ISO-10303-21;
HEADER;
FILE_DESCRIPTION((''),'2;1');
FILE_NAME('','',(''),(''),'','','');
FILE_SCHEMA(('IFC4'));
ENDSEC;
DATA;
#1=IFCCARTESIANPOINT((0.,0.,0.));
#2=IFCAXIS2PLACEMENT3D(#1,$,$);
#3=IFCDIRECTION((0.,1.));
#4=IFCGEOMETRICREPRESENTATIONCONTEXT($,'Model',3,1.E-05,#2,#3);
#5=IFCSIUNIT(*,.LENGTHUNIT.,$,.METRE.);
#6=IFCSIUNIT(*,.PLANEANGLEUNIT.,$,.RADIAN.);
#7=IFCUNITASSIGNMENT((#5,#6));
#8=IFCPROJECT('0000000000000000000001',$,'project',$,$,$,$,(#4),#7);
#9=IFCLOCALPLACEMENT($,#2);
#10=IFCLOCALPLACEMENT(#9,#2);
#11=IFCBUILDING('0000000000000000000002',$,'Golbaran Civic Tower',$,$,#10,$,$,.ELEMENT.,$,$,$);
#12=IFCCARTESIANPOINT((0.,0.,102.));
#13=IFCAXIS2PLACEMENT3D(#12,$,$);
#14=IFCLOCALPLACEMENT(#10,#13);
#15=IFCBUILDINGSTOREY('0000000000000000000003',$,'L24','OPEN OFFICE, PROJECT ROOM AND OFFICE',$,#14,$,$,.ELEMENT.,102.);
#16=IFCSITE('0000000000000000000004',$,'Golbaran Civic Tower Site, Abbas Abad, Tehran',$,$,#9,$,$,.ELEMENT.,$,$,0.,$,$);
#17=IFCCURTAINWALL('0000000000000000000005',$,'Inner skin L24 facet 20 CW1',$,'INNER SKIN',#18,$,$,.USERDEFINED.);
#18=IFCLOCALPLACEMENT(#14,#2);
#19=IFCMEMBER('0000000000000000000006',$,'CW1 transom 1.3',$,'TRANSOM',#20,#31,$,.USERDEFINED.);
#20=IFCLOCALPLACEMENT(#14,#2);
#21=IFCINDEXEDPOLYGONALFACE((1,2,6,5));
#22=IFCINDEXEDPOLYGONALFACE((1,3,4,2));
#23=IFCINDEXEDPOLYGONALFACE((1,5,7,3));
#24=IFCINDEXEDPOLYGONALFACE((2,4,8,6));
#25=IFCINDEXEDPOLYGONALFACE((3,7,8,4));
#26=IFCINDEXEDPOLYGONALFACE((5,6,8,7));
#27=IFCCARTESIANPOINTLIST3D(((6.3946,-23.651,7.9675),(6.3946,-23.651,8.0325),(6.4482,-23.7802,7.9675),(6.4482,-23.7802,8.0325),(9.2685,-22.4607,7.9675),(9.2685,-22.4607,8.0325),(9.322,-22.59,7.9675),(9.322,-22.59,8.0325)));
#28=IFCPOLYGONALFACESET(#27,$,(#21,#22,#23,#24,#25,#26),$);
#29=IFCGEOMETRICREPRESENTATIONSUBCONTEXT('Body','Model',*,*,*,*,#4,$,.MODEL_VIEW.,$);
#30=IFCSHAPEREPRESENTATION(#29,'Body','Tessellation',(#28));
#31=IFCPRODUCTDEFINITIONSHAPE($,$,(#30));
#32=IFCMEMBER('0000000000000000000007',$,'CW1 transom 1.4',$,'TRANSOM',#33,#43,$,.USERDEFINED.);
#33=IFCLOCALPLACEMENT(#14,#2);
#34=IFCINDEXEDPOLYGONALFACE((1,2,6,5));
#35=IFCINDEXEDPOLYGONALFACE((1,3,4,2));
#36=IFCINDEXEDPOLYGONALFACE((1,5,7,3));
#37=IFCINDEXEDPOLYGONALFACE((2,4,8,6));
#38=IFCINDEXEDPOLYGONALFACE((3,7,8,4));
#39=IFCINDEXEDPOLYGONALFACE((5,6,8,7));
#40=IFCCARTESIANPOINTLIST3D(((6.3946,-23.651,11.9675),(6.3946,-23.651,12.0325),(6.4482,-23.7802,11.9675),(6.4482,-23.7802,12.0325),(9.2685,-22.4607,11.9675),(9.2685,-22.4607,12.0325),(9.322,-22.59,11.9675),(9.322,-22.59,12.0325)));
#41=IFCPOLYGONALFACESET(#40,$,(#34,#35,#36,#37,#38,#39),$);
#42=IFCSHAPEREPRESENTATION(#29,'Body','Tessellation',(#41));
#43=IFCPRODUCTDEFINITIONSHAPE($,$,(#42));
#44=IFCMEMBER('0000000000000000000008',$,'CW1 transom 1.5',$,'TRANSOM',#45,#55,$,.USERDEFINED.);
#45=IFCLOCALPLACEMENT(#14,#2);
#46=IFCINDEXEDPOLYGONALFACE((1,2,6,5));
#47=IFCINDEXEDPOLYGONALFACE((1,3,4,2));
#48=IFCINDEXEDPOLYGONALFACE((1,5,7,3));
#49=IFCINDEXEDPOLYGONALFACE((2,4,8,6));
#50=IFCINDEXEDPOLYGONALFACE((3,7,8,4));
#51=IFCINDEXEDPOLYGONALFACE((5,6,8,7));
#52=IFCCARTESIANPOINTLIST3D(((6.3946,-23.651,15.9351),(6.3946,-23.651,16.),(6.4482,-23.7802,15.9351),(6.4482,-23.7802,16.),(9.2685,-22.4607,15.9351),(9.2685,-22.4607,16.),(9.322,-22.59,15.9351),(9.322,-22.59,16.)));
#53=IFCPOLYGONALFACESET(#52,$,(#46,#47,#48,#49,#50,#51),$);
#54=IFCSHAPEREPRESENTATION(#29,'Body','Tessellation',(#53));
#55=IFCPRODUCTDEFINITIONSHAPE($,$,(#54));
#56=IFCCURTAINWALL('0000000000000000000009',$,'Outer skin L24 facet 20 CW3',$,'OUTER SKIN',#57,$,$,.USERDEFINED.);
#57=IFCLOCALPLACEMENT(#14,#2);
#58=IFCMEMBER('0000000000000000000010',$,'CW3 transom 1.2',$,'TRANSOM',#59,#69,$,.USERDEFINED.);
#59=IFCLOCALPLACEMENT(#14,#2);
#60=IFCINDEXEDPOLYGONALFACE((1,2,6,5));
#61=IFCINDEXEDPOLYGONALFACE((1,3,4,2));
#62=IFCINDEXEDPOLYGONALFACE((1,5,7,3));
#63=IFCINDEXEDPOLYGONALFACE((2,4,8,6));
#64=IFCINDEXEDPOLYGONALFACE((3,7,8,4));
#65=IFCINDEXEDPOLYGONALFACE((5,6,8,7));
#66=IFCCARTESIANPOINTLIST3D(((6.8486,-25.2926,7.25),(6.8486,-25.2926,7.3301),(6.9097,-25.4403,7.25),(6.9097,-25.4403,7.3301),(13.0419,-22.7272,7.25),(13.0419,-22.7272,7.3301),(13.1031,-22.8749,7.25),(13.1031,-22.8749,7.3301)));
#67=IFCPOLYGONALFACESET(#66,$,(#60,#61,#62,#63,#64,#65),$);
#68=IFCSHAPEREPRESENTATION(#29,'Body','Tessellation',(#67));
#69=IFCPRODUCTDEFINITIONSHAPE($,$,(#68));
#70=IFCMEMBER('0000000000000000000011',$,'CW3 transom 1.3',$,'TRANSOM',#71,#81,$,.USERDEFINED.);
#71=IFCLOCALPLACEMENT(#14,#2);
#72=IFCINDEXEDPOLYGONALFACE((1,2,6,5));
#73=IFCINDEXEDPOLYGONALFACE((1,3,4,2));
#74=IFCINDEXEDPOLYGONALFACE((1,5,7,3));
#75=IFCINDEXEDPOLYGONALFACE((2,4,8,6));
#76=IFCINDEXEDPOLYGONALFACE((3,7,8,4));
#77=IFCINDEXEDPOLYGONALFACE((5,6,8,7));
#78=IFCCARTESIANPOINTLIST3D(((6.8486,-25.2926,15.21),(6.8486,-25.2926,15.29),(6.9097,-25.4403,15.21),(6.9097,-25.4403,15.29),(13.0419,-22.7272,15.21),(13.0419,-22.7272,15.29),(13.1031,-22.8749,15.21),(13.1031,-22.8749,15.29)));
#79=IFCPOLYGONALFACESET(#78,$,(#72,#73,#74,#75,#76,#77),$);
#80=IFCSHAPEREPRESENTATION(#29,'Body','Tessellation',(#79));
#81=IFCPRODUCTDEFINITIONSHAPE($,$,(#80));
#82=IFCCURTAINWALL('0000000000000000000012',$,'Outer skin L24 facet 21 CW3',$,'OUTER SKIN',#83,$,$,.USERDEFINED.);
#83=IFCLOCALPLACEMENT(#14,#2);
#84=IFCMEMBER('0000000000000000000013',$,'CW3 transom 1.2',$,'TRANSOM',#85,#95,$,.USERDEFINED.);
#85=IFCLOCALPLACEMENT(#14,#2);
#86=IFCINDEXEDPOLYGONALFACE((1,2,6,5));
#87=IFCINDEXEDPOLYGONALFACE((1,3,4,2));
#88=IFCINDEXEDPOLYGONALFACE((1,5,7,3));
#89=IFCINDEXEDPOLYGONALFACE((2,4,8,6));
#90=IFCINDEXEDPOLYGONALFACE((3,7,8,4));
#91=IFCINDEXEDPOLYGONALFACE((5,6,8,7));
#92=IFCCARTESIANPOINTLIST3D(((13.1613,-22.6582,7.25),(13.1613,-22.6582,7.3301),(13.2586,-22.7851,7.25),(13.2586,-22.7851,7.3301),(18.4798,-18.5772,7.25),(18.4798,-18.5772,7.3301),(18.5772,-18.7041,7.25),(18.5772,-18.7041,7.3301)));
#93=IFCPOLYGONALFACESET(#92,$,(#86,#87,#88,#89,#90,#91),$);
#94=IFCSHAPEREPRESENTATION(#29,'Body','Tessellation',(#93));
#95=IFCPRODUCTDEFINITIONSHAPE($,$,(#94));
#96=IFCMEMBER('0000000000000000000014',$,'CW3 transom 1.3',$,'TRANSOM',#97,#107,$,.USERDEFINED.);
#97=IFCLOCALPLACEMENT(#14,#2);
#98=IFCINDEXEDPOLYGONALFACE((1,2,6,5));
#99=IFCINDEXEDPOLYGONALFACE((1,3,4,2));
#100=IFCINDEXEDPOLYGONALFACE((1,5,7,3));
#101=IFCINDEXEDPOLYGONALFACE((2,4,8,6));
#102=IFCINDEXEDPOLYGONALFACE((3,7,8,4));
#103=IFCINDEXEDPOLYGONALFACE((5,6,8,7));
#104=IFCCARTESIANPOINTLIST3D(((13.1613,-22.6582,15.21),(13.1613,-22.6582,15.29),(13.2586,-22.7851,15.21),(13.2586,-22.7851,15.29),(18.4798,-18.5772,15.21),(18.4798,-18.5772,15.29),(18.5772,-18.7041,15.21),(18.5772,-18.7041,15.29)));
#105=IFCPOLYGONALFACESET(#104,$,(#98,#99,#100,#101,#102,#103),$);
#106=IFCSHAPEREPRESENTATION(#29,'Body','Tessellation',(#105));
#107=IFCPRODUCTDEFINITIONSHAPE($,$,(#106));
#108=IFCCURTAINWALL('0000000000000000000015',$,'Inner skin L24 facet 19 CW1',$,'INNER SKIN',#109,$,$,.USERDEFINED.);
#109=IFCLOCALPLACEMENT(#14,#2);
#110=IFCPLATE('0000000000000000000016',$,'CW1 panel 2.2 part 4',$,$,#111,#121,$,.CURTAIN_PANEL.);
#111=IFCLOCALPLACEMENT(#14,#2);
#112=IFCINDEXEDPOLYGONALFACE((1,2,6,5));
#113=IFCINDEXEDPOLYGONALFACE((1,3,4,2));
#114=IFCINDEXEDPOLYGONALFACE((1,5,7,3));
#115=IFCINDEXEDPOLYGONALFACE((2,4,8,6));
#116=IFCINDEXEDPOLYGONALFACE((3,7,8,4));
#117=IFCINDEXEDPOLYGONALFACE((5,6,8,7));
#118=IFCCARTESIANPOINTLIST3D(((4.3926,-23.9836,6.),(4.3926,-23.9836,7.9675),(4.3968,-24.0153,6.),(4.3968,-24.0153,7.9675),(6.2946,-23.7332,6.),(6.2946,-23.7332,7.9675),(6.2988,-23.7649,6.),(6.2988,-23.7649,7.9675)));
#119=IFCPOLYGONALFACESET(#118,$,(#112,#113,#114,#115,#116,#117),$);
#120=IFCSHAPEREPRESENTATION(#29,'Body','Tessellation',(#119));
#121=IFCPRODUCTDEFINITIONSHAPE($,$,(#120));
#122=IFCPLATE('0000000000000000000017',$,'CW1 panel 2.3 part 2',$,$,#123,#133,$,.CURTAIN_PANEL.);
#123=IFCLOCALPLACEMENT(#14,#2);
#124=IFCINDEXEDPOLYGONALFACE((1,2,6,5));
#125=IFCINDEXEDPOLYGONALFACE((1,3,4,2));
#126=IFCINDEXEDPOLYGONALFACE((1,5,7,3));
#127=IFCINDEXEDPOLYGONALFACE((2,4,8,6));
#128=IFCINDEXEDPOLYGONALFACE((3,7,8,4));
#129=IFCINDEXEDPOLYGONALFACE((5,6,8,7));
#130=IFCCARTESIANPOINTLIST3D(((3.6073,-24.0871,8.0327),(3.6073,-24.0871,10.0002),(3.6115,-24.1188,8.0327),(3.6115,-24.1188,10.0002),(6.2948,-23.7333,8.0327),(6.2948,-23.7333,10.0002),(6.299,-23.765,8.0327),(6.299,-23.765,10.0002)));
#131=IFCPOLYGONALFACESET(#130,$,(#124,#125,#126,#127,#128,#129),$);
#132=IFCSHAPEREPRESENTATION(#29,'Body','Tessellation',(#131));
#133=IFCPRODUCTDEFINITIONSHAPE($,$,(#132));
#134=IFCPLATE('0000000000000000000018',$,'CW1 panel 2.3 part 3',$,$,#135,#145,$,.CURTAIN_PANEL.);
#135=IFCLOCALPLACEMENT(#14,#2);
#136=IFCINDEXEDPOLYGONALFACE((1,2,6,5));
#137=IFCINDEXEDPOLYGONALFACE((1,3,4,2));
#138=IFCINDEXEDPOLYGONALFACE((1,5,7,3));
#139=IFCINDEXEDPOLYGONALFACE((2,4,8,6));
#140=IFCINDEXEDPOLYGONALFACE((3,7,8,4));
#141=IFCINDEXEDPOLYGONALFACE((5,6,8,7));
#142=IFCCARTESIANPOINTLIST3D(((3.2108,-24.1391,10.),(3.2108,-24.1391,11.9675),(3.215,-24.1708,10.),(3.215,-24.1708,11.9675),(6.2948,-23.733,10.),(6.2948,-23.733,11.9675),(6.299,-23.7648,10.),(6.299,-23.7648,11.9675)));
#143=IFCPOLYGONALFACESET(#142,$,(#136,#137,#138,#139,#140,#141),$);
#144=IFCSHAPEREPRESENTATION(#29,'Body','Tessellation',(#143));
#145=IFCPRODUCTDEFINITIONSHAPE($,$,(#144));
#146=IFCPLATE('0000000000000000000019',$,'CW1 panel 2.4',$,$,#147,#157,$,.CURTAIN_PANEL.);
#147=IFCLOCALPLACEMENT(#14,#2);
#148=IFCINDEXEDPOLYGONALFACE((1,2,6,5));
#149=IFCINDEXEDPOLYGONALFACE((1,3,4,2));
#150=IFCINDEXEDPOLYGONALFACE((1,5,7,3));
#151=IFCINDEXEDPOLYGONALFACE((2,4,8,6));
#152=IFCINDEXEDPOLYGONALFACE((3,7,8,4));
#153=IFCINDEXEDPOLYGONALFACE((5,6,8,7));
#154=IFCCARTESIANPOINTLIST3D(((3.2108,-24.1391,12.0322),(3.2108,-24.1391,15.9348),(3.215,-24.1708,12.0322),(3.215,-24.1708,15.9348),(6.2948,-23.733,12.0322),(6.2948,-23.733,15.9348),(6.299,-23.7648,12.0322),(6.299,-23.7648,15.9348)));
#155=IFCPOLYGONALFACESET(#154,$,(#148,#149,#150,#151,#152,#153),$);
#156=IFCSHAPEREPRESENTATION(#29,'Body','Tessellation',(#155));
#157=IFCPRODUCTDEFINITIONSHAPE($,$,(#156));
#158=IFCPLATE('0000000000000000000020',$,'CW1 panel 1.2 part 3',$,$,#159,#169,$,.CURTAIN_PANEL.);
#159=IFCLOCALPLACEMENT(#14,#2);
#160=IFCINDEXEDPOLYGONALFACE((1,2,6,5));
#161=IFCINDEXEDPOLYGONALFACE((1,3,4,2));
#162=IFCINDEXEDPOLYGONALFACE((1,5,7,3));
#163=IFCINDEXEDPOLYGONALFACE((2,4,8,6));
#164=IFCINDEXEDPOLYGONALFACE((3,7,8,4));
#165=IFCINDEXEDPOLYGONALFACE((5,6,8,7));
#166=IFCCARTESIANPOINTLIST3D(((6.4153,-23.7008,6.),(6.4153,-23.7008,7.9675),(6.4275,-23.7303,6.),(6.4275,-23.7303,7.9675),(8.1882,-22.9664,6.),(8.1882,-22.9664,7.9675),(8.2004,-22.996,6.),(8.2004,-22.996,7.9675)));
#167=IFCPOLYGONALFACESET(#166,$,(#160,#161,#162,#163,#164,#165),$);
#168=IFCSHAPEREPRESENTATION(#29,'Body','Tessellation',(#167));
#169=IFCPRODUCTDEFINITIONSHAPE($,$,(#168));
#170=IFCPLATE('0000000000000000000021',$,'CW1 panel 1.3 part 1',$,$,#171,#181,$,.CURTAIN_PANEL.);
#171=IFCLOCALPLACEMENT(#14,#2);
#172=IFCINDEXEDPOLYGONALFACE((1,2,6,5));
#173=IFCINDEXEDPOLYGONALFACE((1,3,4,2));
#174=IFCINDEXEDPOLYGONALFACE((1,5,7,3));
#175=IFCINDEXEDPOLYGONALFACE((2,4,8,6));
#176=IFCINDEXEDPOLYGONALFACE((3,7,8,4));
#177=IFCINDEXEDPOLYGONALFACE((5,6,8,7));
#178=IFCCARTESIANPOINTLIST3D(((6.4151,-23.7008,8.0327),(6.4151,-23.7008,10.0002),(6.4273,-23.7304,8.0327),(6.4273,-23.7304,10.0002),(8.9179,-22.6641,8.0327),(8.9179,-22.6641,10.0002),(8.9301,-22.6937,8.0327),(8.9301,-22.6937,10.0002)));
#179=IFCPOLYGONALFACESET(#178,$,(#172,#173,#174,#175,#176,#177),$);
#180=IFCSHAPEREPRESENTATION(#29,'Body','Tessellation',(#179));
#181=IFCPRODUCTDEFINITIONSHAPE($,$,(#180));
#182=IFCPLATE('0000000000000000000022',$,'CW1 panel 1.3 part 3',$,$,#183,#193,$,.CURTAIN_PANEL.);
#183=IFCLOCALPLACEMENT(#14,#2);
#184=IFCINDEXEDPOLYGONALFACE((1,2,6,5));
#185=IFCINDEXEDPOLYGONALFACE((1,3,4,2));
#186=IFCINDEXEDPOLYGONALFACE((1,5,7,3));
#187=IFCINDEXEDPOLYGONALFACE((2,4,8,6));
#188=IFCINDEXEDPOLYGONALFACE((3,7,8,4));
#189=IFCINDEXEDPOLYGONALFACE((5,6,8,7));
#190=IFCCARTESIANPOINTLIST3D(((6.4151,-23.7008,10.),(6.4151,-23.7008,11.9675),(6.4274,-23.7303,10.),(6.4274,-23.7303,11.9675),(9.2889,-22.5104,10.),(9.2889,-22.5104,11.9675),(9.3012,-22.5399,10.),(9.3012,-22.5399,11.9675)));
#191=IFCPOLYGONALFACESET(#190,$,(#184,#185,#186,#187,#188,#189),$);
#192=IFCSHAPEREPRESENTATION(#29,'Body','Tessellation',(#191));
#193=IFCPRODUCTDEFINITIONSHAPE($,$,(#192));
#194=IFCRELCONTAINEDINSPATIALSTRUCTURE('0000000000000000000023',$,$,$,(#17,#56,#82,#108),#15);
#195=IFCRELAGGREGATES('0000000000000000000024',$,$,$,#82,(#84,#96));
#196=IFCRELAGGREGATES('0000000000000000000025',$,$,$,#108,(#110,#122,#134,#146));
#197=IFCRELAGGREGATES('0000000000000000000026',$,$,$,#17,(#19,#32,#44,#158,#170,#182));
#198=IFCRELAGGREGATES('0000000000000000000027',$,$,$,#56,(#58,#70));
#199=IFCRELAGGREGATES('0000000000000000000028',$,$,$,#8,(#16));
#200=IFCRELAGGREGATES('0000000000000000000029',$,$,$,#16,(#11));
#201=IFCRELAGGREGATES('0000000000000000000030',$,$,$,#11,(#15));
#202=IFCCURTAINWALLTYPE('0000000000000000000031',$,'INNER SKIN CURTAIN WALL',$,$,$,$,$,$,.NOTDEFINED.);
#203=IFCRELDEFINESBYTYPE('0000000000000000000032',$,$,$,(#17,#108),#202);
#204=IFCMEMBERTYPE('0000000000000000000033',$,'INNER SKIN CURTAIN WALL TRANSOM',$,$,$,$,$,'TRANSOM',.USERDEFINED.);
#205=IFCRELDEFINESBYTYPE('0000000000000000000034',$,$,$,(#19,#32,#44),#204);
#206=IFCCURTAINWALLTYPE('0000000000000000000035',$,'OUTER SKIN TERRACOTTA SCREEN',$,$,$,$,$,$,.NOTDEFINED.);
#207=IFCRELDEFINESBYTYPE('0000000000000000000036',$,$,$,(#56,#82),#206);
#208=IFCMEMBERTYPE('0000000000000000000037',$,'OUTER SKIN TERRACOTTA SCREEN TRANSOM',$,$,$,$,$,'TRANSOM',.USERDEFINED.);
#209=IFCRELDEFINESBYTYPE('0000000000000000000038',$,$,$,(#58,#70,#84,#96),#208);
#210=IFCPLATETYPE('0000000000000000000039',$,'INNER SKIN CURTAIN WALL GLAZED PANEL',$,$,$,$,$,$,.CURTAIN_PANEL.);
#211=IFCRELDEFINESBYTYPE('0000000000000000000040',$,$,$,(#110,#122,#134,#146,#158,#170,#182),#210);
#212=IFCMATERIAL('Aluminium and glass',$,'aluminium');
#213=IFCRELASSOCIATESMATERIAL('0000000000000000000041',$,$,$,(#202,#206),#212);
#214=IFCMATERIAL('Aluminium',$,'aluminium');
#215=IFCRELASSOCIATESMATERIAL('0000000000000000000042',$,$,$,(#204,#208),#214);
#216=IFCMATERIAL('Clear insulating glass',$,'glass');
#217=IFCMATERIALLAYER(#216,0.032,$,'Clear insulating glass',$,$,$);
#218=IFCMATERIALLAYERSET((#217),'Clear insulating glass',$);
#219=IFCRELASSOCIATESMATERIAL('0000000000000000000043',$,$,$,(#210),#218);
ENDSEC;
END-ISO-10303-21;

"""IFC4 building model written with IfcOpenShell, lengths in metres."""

from ifc_helpers import new_model, si_unit, direction, frame, origin, origin_2d, place, context, subcontext, project, spatial, rectangle, extrude, material, layer, layer_set, material_profile, profile_set, type_object, element, aggregate, save


model = new_model("IFC4")

# Units and contexts
model_context = context("Model", 3, precision=1e-05, world=origin(), true_north=direction((0.0, 1.0)))
body_context = subcontext(model_context, "Body", "Model", "MODEL_VIEW")
ifc_project = project(units=[si_unit("LENGTHUNIT", "METRE"), si_unit("PLANEANGLEUNIT", "RADIAN")], contexts=[model_context])

# Site, building, storey
site_placement = place(None, origin())
site = spatial("IfcSite", under=ifc_project, at=site_placement, Name="Golbaran Civic Tower Site, Abbas Abad, Tehran", CompositionType="ELEMENT", RefElevation=0.0)
building_placement = place(site_placement, origin())
building = spatial("IfcBuilding", under=site, at=building_placement, Name="Golbaran Civic Tower", CompositionType="ELEMENT")
storey_placement = place(building_placement, frame((0.0, 0.0, 102.0)))
storey = spatial("IfcBuildingStorey", under=building, at=storey_placement, Name="L24", Description="OPEN OFFICE, PROJECT ROOM AND OFFICE", CompositionType="ELEMENT", Elevation=102.0)

# Curtain walls, members
ifc_material_1 = material(Name="Aluminium and glass", Category="aluminium")
curtain_wall_type_1 = type_object("IfcCurtainWallType", Name="INNER SKIN CURTAIN WALL", PredefinedType="NOTDEFINED", material=ifc_material_1)
curtain_wall_1_placement = place(storey_placement, origin())
curtain_wall_1 = element("IfcCurtainWall", 1, at=curtain_wall_1_placement, inside=storey, type_object=curtain_wall_type_1, Name="Inner skin L24 facet 20 CW1", ObjectType="INNER SKIN", PredefinedType="USERDEFINED")
ifc_material_2 = material(Name="Aluminium", Category="aluminium")
ifc_material_profile_1 = material_profile(ifc_material_2, rectangle(XDim=0.1399, YDim=0.0649, at=origin_2d()), Name="INNER SKIN CURTAIN WALL TRANSOM")
ifc_profile_set_1 = profile_set([ifc_material_profile_1], Name="Aluminium")
member_type_1 = type_object("IfcMemberType", Name="INNER SKIN CURTAIN WALL TRANSOM", ElementType="TRANSOM", PredefinedType="USERDEFINED", material=ifc_profile_set_1)
member_1_placement = place(storey_placement, frame((6.4214, -23.7156, 8.0), z_axis=(0.923899, 0.382636, 0.0), x_axis=(-0.382636, 0.923899, 0.0)))
member_1 = element("IfcMember", 2, at=member_1_placement, type_object=member_type_1, Name="CW1 transom 1.3", ObjectType="TRANSOM", PredefinedType="USERDEFINED", context=body_context, shape_type="SweptSolid", body=[
    extrude(rectangle(XDim=0.1399, YDim=0.0649, at=origin_2d()), origin(), (0.0, 0.0, 1.0), 3.1106),
])
member_2_placement = place(storey_placement, frame((6.4214, -23.7156, 12.0), z_axis=(0.923899, 0.382636, 0.0), x_axis=(-0.382636, 0.923899, 0.0)))
member_2 = element("IfcMember", 3, at=member_2_placement, type_object=member_type_1, Name="CW1 transom 1.4", ObjectType="TRANSOM", PredefinedType="USERDEFINED", context=body_context, shape_type="SweptSolid", body=[
    extrude(rectangle(XDim=0.1399, YDim=0.0649, at=origin_2d()), origin(), (0.0, 0.0, 1.0), 3.1106),
])
member_3_placement = place(storey_placement, frame((6.4214, -23.7156, 15.9675), z_axis=(0.923899, 0.382636, 0.0), x_axis=(-0.382636, 0.923899, 0.0)))
member_3 = element("IfcMember", 4, at=member_3_placement, type_object=member_type_1, Name="CW1 transom 1.5", ObjectType="TRANSOM", PredefinedType="USERDEFINED", context=body_context, shape_type="SweptSolid", body=[
    extrude(rectangle(XDim=0.1399, YDim=0.0649, at=origin_2d()), origin(), (0.0, 0.0, 1.0), 3.1106),
])
curtain_wall_type_2 = type_object("IfcCurtainWallType", Name="OUTER SKIN TERRACOTTA SCREEN", PredefinedType="NOTDEFINED", material=ifc_material_1)
curtain_wall_2_placement = place(storey_placement, origin())
curtain_wall_2 = element("IfcCurtainWall", 5, at=curtain_wall_2_placement, inside=storey, type_object=curtain_wall_type_2, Name="Outer skin L24 facet 20 CW3", ObjectType="OUTER SKIN", PredefinedType="USERDEFINED")
ifc_material_profile_2 = material_profile(ifc_material_2, rectangle(XDim=0.1599, YDim=0.0801, at=origin_2d()), Name="OUTER SKIN TERRACOTTA SCREEN TRANSOM")
ifc_profile_set_2 = profile_set([ifc_material_profile_2], Name="Aluminium")
member_type_2 = type_object("IfcMemberType", Name="OUTER SKIN TERRACOTTA SCREEN TRANSOM", ElementType="TRANSOM", PredefinedType="USERDEFINED", material=ifc_profile_set_2)
member_4_placement = place(storey_placement, frame((6.8792, -25.3665, 7.29), z_axis=(0.923877, 0.382691, 0.0), x_axis=(-0.382691, 0.923877, 0.0)))
member_4 = element("IfcMember", 6, at=member_4_placement, type_object=member_type_2, Name="CW3 transom 1.2", ObjectType="TRANSOM", PredefinedType="USERDEFINED", context=body_context, shape_type="SweptSolid", body=[
    extrude(rectangle(XDim=0.1599, YDim=0.0801, at=origin_2d()), origin(), (0.0, 0.0, 1.0), 6.7036),
])
member_5_placement = place(storey_placement, frame((6.8792, -25.3665, 15.25), z_axis=(0.923877, 0.382691, 0.0), x_axis=(-0.382691, 0.923877, 0.0)))
member_5 = element("IfcMember", 7, at=member_5_placement, type_object=member_type_2, Name="CW3 transom 1.3", ObjectType="TRANSOM", PredefinedType="USERDEFINED", context=body_context, shape_type="SweptSolid", body=[
    extrude(rectangle(XDim=0.1599, YDim=0.0801, at=origin_2d()), origin(), (0.0, 0.0, 1.0), 6.7036),
])
curtain_wall_3_placement = place(storey_placement, origin())
curtain_wall_3 = element("IfcCurtainWall", 8, at=curtain_wall_3_placement, inside=storey, type_object=curtain_wall_type_2, Name="Outer skin L24 facet 21 CW3", ObjectType="OUTER SKIN", PredefinedType="USERDEFINED")
member_6_placement = place(storey_placement, frame((13.21, -22.7217, 7.29), z_axis=(0.793357, 0.608756, 0.0), x_axis=(-0.608756, 0.793357, 0.0)))
member_6 = element("IfcMember", 9, at=member_6_placement, type_object=member_type_2, Name="CW3 transom 1.2", ObjectType="TRANSOM", PredefinedType="USERDEFINED", context=body_context, shape_type="SweptSolid", body=[
    extrude(rectangle(XDim=0.1599, YDim=0.0801, at=origin_2d()), origin(), (0.0, 0.0, 1.0), 6.7039),
])
member_7_placement = place(storey_placement, frame((13.21, -22.7217, 15.25), z_axis=(0.793357, 0.608756, 0.0), x_axis=(-0.608756, 0.793357, 0.0)))
member_7 = element("IfcMember", 10, at=member_7_placement, type_object=member_type_2, Name="CW3 transom 1.3", ObjectType="TRANSOM", PredefinedType="USERDEFINED", context=body_context, shape_type="SweptSolid", body=[
    extrude(rectangle(XDim=0.1599, YDim=0.0801, at=origin_2d()), origin(), (0.0, 0.0, 1.0), 6.7039),
])
aggregate(curtain_wall_3, [member_6, member_7])

# Curtain wall, plates
curtain_wall_4_placement = place(storey_placement, origin())
curtain_wall_4 = element("IfcCurtainWall", 11, at=curtain_wall_4_placement, inside=storey, type_object=curtain_wall_type_1, Name="Inner skin L24 facet 19 CW1", ObjectType="INNER SKIN", PredefinedType="USERDEFINED")
ifc_material_3 = material(Name="Clear insulating glass", Category="glass")
ifc_layer_1 = layer(ifc_material_3, 0.032, Name="Clear insulating glass")
ifc_layer_set_1 = layer_set([ifc_layer_1], Name="Clear insulating glass")
plate_type_1 = type_object("IfcPlateType", Name="INNER SKIN CURTAIN WALL GLAZED PANEL", PredefinedType="CURTAIN_PANEL", material=ifc_layer_set_1)
plate_1_placement = place(storey_placement, frame((5.3457, -23.8743, 6.0), z_axis=(0.0, 0.0, 1.0), x_axis=(0.991445, 0.130526, 0.0)))
plate_1 = element("IfcPlate", 12, at=plate_1_placement, type_object=plate_type_1, Name="CW1 panel 2.2 part 4", PredefinedType="CURTAIN_PANEL", context=body_context, shape_type="SweptSolid", body=[
    extrude(rectangle(XDim=1.9185, YDim=0.032, at=origin_2d()), origin(), (0.0, 0.0, 1.0), 1.9675),
])
plate_2_placement = place(storey_placement, frame((4.9531, -23.926, 8.0327), z_axis=(0.0, 0.0, 1.0), x_axis=(0.991445, 0.130526, 0.0)))
plate_2 = element("IfcPlate", 13, at=plate_2_placement, type_object=plate_type_1, Name="CW1 panel 2.3 part 2", PredefinedType="CURTAIN_PANEL", context=body_context, shape_type="SweptSolid", body=[
    extrude(rectangle(XDim=2.7107, YDim=0.032, at=origin_2d()), origin(), (0.0, 0.0, 1.0), 1.9675),
])
plate_3_placement = place(storey_placement, frame((4.7549, -23.9519, 10.0), z_axis=(0.0, 0.0, 1.0), x_axis=(0.991445, 0.130526, 0.0)))
plate_3 = element("IfcPlate", 14, at=plate_3_placement, type_object=plate_type_1, Name="CW1 panel 2.3 part 3", PredefinedType="CURTAIN_PANEL", context=body_context, shape_type="SweptSolid", body=[
    extrude(rectangle(XDim=3.1106, YDim=0.032, at=origin_2d()), origin(), (0.0, 0.0, 1.0), 1.9675),
])
plate_4_placement = place(storey_placement, frame((4.7549, -23.9519, 12.0322), z_axis=(0.0, 0.0, 1.0), x_axis=(0.991445, 0.130526, 0.0)))
plate_4 = element("IfcPlate", 15, at=plate_4_placement, type_object=plate_type_1, Name="CW1 panel 2.4", PredefinedType="CURTAIN_PANEL", context=body_context, shape_type="SweptSolid", body=[
    extrude(rectangle(XDim=3.1106, YDim=0.032, at=origin_2d()), origin(), (0.0, 0.0, 1.0), 3.9026),
])
aggregate(curtain_wall_4, [plate_1, plate_2, plate_3, plate_4])

# Plates
plate_5_placement = place(storey_placement, frame((7.3079, -23.3484, 6.0), z_axis=(0.0, 0.0, 1.0), x_axis=(0.92388, 0.382683, 0.0)))
plate_5 = element("IfcPlate", 16, at=plate_5_placement, type_object=plate_type_1, Name="CW1 panel 1.2 part 3", PredefinedType="CURTAIN_PANEL", context=body_context, shape_type="SweptSolid", body=[
    extrude(rectangle(XDim=1.9189, YDim=0.032, at=origin_2d()), origin(), (0.0, 0.0, 1.0), 1.9675),
])
plate_6_placement = place(storey_placement, frame((7.6726, -23.1973, 8.0327), z_axis=(0.0, 0.0, 1.0), x_axis=(0.92388, 0.382683, 0.0)))
plate_6 = element("IfcPlate", 17, at=plate_6_placement, type_object=plate_type_1, Name="CW1 panel 1.3 part 1", PredefinedType="CURTAIN_PANEL", context=body_context, shape_type="SweptSolid", body=[
    extrude(rectangle(XDim=2.709, YDim=0.032, at=origin_2d()), origin(), (0.0, 0.0, 1.0), 1.9675),
])
plate_7_placement = place(storey_placement, frame((7.8582, -23.1204, 10.0), z_axis=(0.0, 0.0, 1.0), x_axis=(0.92388, 0.382683, 0.0)))
plate_7 = element("IfcPlate", 18, at=plate_7_placement, type_object=plate_type_1, Name="CW1 panel 1.3 part 3", PredefinedType="CURTAIN_PANEL", context=body_context, shape_type="SweptSolid", body=[
    extrude(rectangle(XDim=3.1106, YDim=0.032, at=origin_2d()), origin(), (0.0, 0.0, 1.0), 1.9675),
])
aggregate(curtain_wall_1, [member_1, member_2, member_3, plate_5, plate_6, plate_7])
aggregate(curtain_wall_2, [member_4, member_5])

save(model, "model.ifc")
